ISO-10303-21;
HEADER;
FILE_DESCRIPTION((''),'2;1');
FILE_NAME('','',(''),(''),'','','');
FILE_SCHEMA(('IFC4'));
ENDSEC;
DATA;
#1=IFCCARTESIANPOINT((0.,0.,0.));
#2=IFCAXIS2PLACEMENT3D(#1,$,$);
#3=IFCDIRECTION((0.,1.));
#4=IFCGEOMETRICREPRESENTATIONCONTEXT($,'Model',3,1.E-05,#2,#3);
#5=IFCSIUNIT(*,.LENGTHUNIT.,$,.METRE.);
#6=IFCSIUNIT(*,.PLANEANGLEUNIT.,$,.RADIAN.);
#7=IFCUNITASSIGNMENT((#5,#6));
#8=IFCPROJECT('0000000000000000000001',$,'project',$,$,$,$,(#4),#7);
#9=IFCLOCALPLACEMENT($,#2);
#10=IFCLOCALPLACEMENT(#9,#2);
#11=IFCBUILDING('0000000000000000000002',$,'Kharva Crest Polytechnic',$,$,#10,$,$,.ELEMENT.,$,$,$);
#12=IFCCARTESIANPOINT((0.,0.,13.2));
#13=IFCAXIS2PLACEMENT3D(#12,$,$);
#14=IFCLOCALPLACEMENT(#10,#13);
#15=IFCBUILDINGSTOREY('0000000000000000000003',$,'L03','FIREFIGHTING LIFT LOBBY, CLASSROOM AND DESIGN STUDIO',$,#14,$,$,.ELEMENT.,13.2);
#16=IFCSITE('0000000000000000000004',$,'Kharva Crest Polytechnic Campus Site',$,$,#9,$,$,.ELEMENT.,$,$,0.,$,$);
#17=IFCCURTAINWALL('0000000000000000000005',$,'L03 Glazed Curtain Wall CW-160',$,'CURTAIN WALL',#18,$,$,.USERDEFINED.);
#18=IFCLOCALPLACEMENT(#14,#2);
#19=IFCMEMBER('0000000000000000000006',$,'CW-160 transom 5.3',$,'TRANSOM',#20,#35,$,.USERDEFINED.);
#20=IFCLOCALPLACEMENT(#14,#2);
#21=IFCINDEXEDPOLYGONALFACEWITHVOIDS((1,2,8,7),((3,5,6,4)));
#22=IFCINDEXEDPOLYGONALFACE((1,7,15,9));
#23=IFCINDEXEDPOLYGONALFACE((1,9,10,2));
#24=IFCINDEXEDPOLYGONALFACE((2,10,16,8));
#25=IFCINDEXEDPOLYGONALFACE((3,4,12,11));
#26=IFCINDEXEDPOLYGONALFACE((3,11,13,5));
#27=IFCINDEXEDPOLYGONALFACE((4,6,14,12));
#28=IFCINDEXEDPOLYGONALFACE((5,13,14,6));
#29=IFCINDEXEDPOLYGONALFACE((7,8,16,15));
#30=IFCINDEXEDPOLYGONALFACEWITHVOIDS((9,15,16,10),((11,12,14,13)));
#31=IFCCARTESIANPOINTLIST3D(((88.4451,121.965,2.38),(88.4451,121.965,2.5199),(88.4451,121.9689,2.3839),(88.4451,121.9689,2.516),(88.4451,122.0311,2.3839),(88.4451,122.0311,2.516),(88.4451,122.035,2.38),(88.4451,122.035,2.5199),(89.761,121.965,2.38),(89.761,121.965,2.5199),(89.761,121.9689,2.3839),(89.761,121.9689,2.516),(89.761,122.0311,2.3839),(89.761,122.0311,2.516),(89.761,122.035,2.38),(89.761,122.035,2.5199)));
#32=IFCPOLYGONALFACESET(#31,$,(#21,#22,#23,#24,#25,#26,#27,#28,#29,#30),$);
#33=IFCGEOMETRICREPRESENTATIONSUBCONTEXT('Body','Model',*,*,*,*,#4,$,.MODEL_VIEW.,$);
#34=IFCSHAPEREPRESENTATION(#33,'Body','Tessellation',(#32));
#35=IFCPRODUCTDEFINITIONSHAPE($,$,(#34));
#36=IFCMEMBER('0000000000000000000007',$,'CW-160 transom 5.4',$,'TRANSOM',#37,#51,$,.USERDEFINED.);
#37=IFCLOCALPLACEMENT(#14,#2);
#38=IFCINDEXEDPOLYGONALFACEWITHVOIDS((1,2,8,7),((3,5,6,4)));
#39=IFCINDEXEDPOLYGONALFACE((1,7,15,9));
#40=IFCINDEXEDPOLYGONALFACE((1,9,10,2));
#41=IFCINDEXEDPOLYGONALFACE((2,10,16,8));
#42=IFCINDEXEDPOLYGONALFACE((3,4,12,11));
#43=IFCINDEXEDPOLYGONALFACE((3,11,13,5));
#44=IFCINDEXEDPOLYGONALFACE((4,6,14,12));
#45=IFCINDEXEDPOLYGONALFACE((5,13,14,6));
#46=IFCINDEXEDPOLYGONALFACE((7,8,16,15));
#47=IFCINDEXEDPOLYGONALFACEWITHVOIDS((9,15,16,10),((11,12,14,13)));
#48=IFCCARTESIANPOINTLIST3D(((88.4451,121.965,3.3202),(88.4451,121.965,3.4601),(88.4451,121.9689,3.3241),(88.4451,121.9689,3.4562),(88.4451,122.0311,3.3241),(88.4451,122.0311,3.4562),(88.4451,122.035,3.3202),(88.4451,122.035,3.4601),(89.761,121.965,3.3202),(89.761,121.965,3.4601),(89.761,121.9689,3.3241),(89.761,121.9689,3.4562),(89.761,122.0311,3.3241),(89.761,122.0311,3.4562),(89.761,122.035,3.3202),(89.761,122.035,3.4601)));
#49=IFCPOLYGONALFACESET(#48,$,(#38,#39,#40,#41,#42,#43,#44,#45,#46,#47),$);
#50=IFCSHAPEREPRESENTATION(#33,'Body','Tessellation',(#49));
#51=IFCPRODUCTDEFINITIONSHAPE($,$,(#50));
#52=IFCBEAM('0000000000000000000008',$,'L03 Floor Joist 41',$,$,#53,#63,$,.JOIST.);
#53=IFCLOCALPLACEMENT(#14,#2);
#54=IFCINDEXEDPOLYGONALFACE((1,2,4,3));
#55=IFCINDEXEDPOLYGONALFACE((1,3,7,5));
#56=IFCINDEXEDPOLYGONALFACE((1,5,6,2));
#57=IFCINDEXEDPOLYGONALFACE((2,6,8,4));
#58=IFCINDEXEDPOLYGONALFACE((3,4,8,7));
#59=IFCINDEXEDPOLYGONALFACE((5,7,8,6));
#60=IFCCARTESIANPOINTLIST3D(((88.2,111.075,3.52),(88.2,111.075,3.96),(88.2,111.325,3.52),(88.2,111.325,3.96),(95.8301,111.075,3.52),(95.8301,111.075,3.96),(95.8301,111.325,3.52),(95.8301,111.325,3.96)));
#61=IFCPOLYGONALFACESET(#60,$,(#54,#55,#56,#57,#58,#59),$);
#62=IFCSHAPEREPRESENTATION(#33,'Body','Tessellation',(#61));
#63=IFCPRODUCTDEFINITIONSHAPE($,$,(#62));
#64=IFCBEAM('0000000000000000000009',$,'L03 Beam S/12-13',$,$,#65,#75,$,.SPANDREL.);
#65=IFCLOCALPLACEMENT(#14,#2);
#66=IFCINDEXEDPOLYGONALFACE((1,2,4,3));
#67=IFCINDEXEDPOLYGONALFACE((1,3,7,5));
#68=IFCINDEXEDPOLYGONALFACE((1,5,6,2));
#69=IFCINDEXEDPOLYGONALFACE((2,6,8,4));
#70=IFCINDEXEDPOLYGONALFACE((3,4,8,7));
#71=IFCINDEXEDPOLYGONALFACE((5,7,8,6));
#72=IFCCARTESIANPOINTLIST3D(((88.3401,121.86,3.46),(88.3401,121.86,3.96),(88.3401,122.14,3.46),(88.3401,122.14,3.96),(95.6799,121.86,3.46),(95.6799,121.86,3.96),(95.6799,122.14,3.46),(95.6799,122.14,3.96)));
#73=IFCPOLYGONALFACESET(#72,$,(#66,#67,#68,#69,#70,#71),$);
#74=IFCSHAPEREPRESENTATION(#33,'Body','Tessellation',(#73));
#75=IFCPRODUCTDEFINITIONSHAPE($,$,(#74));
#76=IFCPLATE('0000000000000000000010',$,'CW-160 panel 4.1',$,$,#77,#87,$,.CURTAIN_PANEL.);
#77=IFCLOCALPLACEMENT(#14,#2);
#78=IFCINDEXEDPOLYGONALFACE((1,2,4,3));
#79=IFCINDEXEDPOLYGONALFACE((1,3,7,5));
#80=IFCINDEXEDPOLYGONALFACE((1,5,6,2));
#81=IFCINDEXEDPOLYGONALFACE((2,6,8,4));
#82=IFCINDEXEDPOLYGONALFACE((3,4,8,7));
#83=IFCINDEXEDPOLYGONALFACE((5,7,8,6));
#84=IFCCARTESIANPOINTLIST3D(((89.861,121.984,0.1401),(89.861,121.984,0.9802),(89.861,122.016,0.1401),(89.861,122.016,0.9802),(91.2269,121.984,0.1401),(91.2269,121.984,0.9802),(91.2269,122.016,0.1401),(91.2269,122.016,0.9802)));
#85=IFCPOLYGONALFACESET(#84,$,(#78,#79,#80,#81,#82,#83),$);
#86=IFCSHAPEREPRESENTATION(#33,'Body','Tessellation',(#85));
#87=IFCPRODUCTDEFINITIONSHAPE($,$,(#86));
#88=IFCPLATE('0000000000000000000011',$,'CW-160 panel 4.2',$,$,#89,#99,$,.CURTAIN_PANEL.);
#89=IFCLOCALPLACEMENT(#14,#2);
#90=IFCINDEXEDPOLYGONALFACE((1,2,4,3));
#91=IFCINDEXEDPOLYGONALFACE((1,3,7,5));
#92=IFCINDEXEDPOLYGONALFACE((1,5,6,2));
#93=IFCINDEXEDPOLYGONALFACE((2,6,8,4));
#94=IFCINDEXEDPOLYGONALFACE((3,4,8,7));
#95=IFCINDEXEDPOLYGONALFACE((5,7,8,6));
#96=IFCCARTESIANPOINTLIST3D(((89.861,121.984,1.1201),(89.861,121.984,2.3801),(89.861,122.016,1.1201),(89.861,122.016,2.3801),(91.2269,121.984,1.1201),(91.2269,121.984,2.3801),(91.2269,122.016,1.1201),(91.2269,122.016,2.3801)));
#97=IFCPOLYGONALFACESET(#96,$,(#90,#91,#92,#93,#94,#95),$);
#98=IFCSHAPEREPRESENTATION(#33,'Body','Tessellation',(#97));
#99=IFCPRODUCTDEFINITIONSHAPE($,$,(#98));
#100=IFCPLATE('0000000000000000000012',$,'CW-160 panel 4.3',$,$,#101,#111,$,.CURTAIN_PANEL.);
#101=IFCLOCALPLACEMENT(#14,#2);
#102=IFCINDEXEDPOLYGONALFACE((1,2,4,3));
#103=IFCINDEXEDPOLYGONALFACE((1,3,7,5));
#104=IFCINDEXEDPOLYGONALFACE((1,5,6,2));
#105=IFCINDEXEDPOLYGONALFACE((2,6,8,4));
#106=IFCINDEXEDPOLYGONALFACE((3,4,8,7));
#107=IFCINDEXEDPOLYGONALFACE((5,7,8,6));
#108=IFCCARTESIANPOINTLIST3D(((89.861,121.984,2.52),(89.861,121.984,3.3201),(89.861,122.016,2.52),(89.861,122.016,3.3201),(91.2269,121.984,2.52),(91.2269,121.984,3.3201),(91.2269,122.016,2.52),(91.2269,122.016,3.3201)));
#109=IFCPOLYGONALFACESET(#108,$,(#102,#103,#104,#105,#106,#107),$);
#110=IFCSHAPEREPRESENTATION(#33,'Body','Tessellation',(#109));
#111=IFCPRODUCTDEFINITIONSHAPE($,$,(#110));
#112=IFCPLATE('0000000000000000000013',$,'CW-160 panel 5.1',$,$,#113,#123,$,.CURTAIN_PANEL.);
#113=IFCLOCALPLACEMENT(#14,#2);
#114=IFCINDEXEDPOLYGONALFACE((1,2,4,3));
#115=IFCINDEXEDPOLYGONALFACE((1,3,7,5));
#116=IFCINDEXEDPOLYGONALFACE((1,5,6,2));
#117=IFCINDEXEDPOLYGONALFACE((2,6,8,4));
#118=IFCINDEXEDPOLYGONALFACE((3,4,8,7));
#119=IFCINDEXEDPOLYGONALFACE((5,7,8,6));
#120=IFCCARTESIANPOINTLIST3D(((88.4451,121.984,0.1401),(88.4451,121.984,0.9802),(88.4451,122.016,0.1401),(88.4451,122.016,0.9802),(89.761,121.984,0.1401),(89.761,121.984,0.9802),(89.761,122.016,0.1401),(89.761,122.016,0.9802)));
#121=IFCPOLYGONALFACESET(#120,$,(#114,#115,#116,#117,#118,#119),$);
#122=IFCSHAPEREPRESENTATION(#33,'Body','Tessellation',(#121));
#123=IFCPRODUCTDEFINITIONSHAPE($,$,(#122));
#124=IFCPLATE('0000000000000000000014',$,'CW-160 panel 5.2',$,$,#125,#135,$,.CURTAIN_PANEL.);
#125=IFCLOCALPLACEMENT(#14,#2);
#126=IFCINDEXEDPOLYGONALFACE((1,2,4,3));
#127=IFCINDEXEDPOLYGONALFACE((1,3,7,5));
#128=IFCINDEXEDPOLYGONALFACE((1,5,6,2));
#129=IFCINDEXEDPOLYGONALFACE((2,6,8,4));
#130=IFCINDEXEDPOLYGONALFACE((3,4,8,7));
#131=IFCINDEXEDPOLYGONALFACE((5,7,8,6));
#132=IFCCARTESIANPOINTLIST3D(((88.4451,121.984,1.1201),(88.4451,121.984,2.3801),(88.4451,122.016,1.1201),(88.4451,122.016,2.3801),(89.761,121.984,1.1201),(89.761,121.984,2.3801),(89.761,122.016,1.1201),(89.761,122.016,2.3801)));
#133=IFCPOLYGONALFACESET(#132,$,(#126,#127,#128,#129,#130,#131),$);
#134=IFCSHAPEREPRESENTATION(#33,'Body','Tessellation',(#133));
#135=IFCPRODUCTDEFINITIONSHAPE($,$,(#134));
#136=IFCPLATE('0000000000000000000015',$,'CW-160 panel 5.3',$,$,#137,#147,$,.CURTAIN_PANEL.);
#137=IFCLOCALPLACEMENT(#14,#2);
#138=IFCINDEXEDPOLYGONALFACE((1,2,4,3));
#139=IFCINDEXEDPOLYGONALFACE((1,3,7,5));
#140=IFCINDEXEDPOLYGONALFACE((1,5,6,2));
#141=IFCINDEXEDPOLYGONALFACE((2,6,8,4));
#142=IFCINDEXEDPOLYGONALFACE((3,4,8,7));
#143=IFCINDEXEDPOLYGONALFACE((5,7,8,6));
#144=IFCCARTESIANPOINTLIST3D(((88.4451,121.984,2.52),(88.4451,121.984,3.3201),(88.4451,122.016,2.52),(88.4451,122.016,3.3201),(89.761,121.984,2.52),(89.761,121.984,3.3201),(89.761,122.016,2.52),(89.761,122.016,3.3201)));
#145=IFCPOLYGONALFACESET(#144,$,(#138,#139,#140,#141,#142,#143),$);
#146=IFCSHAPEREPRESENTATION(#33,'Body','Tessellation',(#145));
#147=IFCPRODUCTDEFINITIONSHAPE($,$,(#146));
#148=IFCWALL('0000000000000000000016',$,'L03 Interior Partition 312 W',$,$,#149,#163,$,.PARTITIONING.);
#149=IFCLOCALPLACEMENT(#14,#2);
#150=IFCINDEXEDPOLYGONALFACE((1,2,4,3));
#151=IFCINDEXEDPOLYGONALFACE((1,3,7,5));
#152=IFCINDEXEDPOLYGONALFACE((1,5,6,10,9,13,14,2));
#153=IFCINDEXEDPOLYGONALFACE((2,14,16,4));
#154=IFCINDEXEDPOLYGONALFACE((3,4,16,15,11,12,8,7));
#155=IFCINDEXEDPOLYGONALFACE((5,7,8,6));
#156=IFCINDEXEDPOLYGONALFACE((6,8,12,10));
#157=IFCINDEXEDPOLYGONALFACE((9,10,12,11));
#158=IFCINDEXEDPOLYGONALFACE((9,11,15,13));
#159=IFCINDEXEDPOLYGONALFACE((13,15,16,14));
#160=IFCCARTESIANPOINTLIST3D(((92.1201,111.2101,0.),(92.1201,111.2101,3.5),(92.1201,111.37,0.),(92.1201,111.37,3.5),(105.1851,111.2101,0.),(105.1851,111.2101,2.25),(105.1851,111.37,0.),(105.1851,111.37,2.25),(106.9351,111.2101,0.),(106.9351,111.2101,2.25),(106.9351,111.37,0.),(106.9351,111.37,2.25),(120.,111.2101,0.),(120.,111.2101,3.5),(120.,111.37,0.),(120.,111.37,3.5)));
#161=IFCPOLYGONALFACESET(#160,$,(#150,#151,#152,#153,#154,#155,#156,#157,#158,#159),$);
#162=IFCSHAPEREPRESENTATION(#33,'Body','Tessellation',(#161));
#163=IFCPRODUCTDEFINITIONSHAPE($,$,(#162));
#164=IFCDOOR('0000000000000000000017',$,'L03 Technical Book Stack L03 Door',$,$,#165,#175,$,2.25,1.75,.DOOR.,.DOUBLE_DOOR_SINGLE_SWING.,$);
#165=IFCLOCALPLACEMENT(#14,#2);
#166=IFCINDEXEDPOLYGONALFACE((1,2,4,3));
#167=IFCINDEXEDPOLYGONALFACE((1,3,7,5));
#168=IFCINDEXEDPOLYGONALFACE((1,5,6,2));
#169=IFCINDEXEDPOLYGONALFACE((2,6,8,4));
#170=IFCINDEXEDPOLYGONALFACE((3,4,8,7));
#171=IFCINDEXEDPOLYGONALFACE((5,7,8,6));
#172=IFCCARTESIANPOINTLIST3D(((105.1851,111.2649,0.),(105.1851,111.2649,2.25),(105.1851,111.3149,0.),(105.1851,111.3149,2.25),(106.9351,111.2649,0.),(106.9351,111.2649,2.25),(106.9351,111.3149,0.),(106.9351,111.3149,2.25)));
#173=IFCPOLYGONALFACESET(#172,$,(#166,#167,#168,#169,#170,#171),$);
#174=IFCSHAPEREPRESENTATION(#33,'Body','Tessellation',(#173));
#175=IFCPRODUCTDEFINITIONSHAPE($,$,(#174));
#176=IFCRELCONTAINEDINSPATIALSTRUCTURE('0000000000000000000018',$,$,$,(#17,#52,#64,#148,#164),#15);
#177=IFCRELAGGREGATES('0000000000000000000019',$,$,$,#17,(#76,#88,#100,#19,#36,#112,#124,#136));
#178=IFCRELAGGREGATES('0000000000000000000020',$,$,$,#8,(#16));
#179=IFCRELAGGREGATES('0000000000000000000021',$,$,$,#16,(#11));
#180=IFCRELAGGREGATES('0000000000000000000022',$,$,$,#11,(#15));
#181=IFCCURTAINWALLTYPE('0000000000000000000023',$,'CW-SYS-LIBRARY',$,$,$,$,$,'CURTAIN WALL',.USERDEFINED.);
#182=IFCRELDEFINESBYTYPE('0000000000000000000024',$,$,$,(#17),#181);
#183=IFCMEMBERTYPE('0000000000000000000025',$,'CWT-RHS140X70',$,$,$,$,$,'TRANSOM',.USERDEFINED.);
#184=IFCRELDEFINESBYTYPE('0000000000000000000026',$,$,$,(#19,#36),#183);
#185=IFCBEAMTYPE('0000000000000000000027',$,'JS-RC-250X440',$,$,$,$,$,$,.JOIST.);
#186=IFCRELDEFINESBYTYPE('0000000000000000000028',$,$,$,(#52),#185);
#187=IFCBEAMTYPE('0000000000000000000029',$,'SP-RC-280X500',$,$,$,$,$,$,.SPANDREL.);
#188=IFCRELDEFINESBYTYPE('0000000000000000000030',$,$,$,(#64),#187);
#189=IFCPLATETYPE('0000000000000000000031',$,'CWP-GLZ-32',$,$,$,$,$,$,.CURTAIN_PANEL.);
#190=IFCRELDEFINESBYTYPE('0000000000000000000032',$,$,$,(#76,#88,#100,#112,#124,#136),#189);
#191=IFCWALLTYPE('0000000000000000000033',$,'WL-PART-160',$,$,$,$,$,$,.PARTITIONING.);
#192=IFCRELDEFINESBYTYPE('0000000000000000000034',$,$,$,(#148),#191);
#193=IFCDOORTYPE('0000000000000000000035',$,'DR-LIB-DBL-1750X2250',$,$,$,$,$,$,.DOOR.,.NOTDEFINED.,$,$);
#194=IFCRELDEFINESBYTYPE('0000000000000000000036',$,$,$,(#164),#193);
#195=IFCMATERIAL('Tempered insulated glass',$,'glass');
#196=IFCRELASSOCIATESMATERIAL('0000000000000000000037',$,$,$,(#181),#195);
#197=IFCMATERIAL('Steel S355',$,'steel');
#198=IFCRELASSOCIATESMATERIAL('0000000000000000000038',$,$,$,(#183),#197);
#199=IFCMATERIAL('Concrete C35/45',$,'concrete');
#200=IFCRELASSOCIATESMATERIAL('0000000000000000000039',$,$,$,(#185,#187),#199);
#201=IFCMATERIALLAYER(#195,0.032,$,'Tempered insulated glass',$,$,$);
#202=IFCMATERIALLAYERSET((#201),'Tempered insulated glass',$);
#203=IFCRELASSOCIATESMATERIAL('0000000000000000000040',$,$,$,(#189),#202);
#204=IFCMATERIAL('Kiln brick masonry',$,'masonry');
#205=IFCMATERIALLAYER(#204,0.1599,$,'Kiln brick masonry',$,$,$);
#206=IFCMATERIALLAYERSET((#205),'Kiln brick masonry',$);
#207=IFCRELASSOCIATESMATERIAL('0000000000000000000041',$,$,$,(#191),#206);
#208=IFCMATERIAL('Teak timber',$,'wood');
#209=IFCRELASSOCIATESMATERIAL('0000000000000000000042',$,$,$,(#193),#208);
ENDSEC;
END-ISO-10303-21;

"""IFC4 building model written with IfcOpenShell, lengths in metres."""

from ifc_helpers import new_model, si_unit, direction, frame, frame_2d, origin, origin_2d, place, context, subcontext, project, spatial, rectangle, hollow_rectangle, extrude, material, layer, layer_set, material_profile, profile_set, type_object, element, fill, aggregate, save


model = new_model("IFC4")

# Units and contexts
model_context = context("Model", 3, precision=1e-05, world=origin(), true_north=direction((0.0, 1.0)))
body_context = subcontext(model_context, "Body", "Model", "MODEL_VIEW")
ifc_project = project(units=[si_unit("LENGTHUNIT", "METRE"), si_unit("PLANEANGLEUNIT", "RADIAN")], contexts=[model_context])

# Site, building, storey
site_placement = place(None, origin())
site = spatial("IfcSite", under=ifc_project, at=site_placement, Name="Kharva Crest Polytechnic Campus Site", CompositionType="ELEMENT", RefElevation=0.0)
building_placement = place(site_placement, origin())
building = spatial("IfcBuilding", under=site, at=building_placement, Name="Kharva Crest Polytechnic", CompositionType="ELEMENT")
storey_placement = place(building_placement, frame((0.0, 0.0, 13.2)))
storey = spatial("IfcBuildingStorey", under=building, at=storey_placement, Name="L03", Description="FIREFIGHTING LIFT LOBBY, CLASSROOM AND DESIGN STUDIO", CompositionType="ELEMENT", Elevation=13.2)

# Shared definitions
ifc_material_1 = material(Name="Concrete C35/45", Category="concrete")

# Curtain wall, members
ifc_material_2 = material(Name="Tempered insulated glass", Category="glass")
curtain_wall_type = type_object("IfcCurtainWallType", Name="CW-SYS-LIBRARY", ElementType="CURTAIN WALL", PredefinedType="USERDEFINED", material=ifc_material_2)
curtain_wall_placement = place(storey_placement, origin())
curtain_wall = element("IfcCurtainWall", 1, at=curtain_wall_placement, inside=storey, type_object=curtain_wall_type, Name="L03 Glazed Curtain Wall CW-160", ObjectType="CURTAIN WALL", PredefinedType="USERDEFINED")
ifc_material_3 = material(Name="Steel S355", Category="steel")
ifc_material_profile_1 = material_profile(ifc_material_3, hollow_rectangle(XDim=0.0701, YDim=0.1399, WallThickness=0.0039, at=origin_2d()), Name="RHS 140X70X4.0")
ifc_profile_set_1 = profile_set([ifc_material_profile_1], Name="Steel S355")
member_type_1 = type_object("IfcMemberType", Name="CWT-RHS140X70", ElementType="TRANSOM", PredefinedType="USERDEFINED", material=ifc_profile_set_1)
member_1_placement = place(storey_placement, frame((89.761, 122.0, 2.45), z_axis=(-1.0, 0.0, 0.0), x_axis=(0.0, -1.0, 0.0)))
member_1 = element("IfcMember", 2, at=member_1_placement, type_object=member_type_1, Name="CW-160 transom 5.3", ObjectType="TRANSOM", PredefinedType="USERDEFINED", context=body_context, shape_type="SweptSolid", body=[
    extrude(hollow_rectangle(XDim=0.0701, YDim=0.1399, WallThickness=0.0039, at=origin_2d()), origin(), (0.0, 0.0, 1.0), 1.3159),
])
member_2_placement = place(storey_placement, frame((89.761, 122.0, 3.3901), z_axis=(-1.0, 0.0, 0.0), x_axis=(0.0, -1.0, 0.0)))
member_2 = element("IfcMember", 3, at=member_2_placement, type_object=member_type_1, Name="CW-160 transom 5.4", ObjectType="TRANSOM", PredefinedType="USERDEFINED", context=body_context, shape_type="SweptSolid", body=[
    extrude(hollow_rectangle(XDim=0.0701, YDim=0.1399, WallThickness=0.0039, at=origin_2d()), origin(), (0.0, 0.0, 1.0), 1.3159),
])

# Beams
ifc_material_profile_2 = material_profile(ifc_material_1, rectangle(XDim=0.25, YDim=0.4399, at=origin_2d()), Name="RECT 250 X 440")
ifc_profile_set_2 = profile_set([ifc_material_profile_2], Name="Concrete C35/45")
beam_type_1 = type_object("IfcBeamType", Name="JS-RC-250X440", PredefinedType="JOIST", material=ifc_profile_set_2)
beam_1_placement = place(storey_placement, frame((88.2, 111.2, 3.74), z_axis=(1.0, 0.0, 0.0), x_axis=(0.0, 1.0, 0.0)))
element("IfcBeam", 4, at=beam_1_placement, inside=storey, type_object=beam_type_1, Name="L03 Floor Joist 41", PredefinedType="JOIST", context=body_context, shape_type="SweptSolid", body=[
    extrude(rectangle(XDim=0.25, YDim=0.4399, at=origin_2d()), origin(), (0.0, 0.0, 1.0), 7.6301),
])
ifc_material_profile_3 = material_profile(ifc_material_1, rectangle(XDim=0.28, YDim=0.5, at=origin_2d()), Name="RECT 280 X 500")
ifc_profile_set_3 = profile_set([ifc_material_profile_3], Name="Concrete C35/45")
beam_type_2 = type_object("IfcBeamType", Name="SP-RC-280X500", PredefinedType="SPANDREL", material=ifc_profile_set_3)
beam_2_placement = place(storey_placement, frame((88.3401, 122.0, 3.71), z_axis=(1.0, 0.0, 0.0), x_axis=(0.0, 1.0, 0.0)))
element("IfcBeam", 5, at=beam_2_placement, inside=storey, type_object=beam_type_2, Name="L03 Beam S/12-13", PredefinedType="SPANDREL", context=body_context, shape_type="SweptSolid", body=[
    extrude(rectangle(XDim=0.28, YDim=0.5, at=origin_2d()), origin(), (0.0, 0.0, 1.0), 7.3398),
])

# Plates
ifc_layer_1 = layer(ifc_material_2, 0.032, Name="Tempered insulated glass")
ifc_layer_set_1 = layer_set([ifc_layer_1], Name="Tempered insulated glass")
plate_type = type_object("IfcPlateType", Name="CWP-GLZ-32", PredefinedType="CURTAIN_PANEL", material=ifc_layer_set_1)
plate_1_placement = place(storey_placement, frame((90.5439, 122.0, 0.1401), z_axis=(0.0, 0.0, 1.0), x_axis=(-1.0, 0.0, 0.0)))
plate_1 = element("IfcPlate", 6, at=plate_1_placement, type_object=plate_type, Name="CW-160 panel 4.1", PredefinedType="CURTAIN_PANEL", context=body_context, shape_type="SweptSolid", body=[
    extrude(rectangle(XDim=1.366, YDim=0.032, at=origin_2d()), origin(), (0.0, 0.0, 1.0), 0.8401),
])
plate_2_placement = place(storey_placement, frame((90.5439, 122.0, 1.1201), z_axis=(0.0, 0.0, 1.0), x_axis=(-1.0, 0.0, 0.0)))
plate_2 = element("IfcPlate", 7, at=plate_2_placement, type_object=plate_type, Name="CW-160 panel 4.2", PredefinedType="CURTAIN_PANEL", context=body_context, shape_type="SweptSolid", body=[
    extrude(rectangle(XDim=1.366, YDim=0.032, at=origin_2d()), origin(), (0.0, 0.0, 1.0), 1.26),
])
plate_3_placement = place(storey_placement, frame((90.5439, 122.0, 2.52), z_axis=(0.0, 0.0, 1.0), x_axis=(-1.0, 0.0, 0.0)))
plate_3 = element("IfcPlate", 8, at=plate_3_placement, type_object=plate_type, Name="CW-160 panel 4.3", PredefinedType="CURTAIN_PANEL", context=body_context, shape_type="SweptSolid", body=[
    extrude(rectangle(XDim=1.366, YDim=0.032, at=origin_2d()), origin(), (0.0, 0.0, 1.0), 0.8),
])
plate_4_placement = place(storey_placement, frame((89.103, 122.0, 0.1401), z_axis=(0.0, 0.0, 1.0), x_axis=(-1.0, 0.0, 0.0)))
plate_4 = element("IfcPlate", 9, at=plate_4_placement, type_object=plate_type, Name="CW-160 panel 5.1", PredefinedType="CURTAIN_PANEL", context=body_context, shape_type="SweptSolid", body=[
    extrude(rectangle(XDim=1.3159, YDim=0.032, at=origin_2d()), origin(), (0.0, 0.0, 1.0), 0.8401),
])
plate_5_placement = place(storey_placement, frame((89.103, 122.0, 1.1201), z_axis=(0.0, 0.0, 1.0), x_axis=(-1.0, 0.0, 0.0)))
plate_5 = element("IfcPlate", 10, at=plate_5_placement, type_object=plate_type, Name="CW-160 panel 5.2", PredefinedType="CURTAIN_PANEL", context=body_context, shape_type="SweptSolid", body=[
    extrude(rectangle(XDim=1.3159, YDim=0.032, at=origin_2d()), origin(), (0.0, 0.0, 1.0), 1.26),
])
plate_6_placement = place(storey_placement, frame((89.103, 122.0, 2.52), z_axis=(0.0, 0.0, 1.0), x_axis=(-1.0, 0.0, 0.0)))
plate_6 = element("IfcPlate", 11, at=plate_6_placement, type_object=plate_type, Name="CW-160 panel 5.3", PredefinedType="CURTAIN_PANEL", context=body_context, shape_type="SweptSolid", body=[
    extrude(rectangle(XDim=1.3159, YDim=0.032, at=origin_2d()), origin(), (0.0, 0.0, 1.0), 0.8),
])
aggregate(curtain_wall, [plate_1, plate_2, plate_3, member_1, member_2, plate_4, plate_5, plate_6])

# Wall, opening, door
ifc_material_4 = material(Name="Kiln brick masonry", Category="masonry")
ifc_layer_2 = layer(ifc_material_4, 0.1599, Name="Kiln brick masonry")
ifc_layer_set_2 = layer_set([ifc_layer_2], Name="Kiln brick masonry")
wall_type = type_object("IfcWallType", Name="WL-PART-160", PredefinedType="PARTITIONING", material=ifc_layer_set_2)
wall_placement = place(storey_placement, frame((92.1201, 111.29, 0.0), z_axis=(0.0, 0.0, 1.0), x_axis=(1.0, 0.0, 0.0)))
wall = element("IfcWall", 12, at=wall_placement, inside=storey, type_object=wall_type, Name="L03 Interior Partition 312 W", PredefinedType="PARTITIONING", context=body_context, shape_type="SweptSolid", body=[
    extrude(rectangle(XDim=27.8799, YDim=0.1599, at=frame_2d((13.9399, 0.0))), origin(), (0.0, 0.0, 1.0), 3.5),
])
opening_placement = place(wall_placement, frame((13.0649, 0.0, 0.0)))
opening = element("IfcOpeningElement", 13, at=opening_placement, cuts=wall, PredefinedType="OPENING", context=body_context, shape_type="SweptSolid", body=[
    extrude(rectangle(XDim=1.75, YDim=2.25, at=frame_2d((0.875, 1.125))), frame((0.0, 0.0898, 0.0), z_axis=(0.0, -1.0, 0.0), x_axis=(1.0, 0.0, 0.0)), (0.0, 0.0, 1.0), 0.1799),
])
ifc_material_5 = material(Name="Teak timber", Category="wood")
door_type = type_object("IfcDoorType", Name="DR-LIB-DBL-1750X2250", OperationType="NOTDEFINED", PredefinedType="DOOR", material=ifc_material_5)
door_placement = place(opening_placement, origin())
door = element("IfcDoor", 14, at=door_placement, inside=storey, type_object=door_type, Name="L03 Technical Book Stack L03 Door", OperationType="DOUBLE_DOOR_SINGLE_SWING", OverallHeight=2.25, OverallWidth=1.75, PredefinedType="DOOR", context=body_context, shape_type="SweptSolid", body=[
    extrude(rectangle(XDim=1.75, YDim=2.25, at=frame_2d((0.875, 1.125))), frame((0.0, 0.0249, 0.0), z_axis=(0.0, -1.0, 0.0), x_axis=(1.0, 0.0, 0.0)), (0.0, 0.0, 1.0), 0.05),
])
fill(opening, door)

save(model, "model.ifc")
